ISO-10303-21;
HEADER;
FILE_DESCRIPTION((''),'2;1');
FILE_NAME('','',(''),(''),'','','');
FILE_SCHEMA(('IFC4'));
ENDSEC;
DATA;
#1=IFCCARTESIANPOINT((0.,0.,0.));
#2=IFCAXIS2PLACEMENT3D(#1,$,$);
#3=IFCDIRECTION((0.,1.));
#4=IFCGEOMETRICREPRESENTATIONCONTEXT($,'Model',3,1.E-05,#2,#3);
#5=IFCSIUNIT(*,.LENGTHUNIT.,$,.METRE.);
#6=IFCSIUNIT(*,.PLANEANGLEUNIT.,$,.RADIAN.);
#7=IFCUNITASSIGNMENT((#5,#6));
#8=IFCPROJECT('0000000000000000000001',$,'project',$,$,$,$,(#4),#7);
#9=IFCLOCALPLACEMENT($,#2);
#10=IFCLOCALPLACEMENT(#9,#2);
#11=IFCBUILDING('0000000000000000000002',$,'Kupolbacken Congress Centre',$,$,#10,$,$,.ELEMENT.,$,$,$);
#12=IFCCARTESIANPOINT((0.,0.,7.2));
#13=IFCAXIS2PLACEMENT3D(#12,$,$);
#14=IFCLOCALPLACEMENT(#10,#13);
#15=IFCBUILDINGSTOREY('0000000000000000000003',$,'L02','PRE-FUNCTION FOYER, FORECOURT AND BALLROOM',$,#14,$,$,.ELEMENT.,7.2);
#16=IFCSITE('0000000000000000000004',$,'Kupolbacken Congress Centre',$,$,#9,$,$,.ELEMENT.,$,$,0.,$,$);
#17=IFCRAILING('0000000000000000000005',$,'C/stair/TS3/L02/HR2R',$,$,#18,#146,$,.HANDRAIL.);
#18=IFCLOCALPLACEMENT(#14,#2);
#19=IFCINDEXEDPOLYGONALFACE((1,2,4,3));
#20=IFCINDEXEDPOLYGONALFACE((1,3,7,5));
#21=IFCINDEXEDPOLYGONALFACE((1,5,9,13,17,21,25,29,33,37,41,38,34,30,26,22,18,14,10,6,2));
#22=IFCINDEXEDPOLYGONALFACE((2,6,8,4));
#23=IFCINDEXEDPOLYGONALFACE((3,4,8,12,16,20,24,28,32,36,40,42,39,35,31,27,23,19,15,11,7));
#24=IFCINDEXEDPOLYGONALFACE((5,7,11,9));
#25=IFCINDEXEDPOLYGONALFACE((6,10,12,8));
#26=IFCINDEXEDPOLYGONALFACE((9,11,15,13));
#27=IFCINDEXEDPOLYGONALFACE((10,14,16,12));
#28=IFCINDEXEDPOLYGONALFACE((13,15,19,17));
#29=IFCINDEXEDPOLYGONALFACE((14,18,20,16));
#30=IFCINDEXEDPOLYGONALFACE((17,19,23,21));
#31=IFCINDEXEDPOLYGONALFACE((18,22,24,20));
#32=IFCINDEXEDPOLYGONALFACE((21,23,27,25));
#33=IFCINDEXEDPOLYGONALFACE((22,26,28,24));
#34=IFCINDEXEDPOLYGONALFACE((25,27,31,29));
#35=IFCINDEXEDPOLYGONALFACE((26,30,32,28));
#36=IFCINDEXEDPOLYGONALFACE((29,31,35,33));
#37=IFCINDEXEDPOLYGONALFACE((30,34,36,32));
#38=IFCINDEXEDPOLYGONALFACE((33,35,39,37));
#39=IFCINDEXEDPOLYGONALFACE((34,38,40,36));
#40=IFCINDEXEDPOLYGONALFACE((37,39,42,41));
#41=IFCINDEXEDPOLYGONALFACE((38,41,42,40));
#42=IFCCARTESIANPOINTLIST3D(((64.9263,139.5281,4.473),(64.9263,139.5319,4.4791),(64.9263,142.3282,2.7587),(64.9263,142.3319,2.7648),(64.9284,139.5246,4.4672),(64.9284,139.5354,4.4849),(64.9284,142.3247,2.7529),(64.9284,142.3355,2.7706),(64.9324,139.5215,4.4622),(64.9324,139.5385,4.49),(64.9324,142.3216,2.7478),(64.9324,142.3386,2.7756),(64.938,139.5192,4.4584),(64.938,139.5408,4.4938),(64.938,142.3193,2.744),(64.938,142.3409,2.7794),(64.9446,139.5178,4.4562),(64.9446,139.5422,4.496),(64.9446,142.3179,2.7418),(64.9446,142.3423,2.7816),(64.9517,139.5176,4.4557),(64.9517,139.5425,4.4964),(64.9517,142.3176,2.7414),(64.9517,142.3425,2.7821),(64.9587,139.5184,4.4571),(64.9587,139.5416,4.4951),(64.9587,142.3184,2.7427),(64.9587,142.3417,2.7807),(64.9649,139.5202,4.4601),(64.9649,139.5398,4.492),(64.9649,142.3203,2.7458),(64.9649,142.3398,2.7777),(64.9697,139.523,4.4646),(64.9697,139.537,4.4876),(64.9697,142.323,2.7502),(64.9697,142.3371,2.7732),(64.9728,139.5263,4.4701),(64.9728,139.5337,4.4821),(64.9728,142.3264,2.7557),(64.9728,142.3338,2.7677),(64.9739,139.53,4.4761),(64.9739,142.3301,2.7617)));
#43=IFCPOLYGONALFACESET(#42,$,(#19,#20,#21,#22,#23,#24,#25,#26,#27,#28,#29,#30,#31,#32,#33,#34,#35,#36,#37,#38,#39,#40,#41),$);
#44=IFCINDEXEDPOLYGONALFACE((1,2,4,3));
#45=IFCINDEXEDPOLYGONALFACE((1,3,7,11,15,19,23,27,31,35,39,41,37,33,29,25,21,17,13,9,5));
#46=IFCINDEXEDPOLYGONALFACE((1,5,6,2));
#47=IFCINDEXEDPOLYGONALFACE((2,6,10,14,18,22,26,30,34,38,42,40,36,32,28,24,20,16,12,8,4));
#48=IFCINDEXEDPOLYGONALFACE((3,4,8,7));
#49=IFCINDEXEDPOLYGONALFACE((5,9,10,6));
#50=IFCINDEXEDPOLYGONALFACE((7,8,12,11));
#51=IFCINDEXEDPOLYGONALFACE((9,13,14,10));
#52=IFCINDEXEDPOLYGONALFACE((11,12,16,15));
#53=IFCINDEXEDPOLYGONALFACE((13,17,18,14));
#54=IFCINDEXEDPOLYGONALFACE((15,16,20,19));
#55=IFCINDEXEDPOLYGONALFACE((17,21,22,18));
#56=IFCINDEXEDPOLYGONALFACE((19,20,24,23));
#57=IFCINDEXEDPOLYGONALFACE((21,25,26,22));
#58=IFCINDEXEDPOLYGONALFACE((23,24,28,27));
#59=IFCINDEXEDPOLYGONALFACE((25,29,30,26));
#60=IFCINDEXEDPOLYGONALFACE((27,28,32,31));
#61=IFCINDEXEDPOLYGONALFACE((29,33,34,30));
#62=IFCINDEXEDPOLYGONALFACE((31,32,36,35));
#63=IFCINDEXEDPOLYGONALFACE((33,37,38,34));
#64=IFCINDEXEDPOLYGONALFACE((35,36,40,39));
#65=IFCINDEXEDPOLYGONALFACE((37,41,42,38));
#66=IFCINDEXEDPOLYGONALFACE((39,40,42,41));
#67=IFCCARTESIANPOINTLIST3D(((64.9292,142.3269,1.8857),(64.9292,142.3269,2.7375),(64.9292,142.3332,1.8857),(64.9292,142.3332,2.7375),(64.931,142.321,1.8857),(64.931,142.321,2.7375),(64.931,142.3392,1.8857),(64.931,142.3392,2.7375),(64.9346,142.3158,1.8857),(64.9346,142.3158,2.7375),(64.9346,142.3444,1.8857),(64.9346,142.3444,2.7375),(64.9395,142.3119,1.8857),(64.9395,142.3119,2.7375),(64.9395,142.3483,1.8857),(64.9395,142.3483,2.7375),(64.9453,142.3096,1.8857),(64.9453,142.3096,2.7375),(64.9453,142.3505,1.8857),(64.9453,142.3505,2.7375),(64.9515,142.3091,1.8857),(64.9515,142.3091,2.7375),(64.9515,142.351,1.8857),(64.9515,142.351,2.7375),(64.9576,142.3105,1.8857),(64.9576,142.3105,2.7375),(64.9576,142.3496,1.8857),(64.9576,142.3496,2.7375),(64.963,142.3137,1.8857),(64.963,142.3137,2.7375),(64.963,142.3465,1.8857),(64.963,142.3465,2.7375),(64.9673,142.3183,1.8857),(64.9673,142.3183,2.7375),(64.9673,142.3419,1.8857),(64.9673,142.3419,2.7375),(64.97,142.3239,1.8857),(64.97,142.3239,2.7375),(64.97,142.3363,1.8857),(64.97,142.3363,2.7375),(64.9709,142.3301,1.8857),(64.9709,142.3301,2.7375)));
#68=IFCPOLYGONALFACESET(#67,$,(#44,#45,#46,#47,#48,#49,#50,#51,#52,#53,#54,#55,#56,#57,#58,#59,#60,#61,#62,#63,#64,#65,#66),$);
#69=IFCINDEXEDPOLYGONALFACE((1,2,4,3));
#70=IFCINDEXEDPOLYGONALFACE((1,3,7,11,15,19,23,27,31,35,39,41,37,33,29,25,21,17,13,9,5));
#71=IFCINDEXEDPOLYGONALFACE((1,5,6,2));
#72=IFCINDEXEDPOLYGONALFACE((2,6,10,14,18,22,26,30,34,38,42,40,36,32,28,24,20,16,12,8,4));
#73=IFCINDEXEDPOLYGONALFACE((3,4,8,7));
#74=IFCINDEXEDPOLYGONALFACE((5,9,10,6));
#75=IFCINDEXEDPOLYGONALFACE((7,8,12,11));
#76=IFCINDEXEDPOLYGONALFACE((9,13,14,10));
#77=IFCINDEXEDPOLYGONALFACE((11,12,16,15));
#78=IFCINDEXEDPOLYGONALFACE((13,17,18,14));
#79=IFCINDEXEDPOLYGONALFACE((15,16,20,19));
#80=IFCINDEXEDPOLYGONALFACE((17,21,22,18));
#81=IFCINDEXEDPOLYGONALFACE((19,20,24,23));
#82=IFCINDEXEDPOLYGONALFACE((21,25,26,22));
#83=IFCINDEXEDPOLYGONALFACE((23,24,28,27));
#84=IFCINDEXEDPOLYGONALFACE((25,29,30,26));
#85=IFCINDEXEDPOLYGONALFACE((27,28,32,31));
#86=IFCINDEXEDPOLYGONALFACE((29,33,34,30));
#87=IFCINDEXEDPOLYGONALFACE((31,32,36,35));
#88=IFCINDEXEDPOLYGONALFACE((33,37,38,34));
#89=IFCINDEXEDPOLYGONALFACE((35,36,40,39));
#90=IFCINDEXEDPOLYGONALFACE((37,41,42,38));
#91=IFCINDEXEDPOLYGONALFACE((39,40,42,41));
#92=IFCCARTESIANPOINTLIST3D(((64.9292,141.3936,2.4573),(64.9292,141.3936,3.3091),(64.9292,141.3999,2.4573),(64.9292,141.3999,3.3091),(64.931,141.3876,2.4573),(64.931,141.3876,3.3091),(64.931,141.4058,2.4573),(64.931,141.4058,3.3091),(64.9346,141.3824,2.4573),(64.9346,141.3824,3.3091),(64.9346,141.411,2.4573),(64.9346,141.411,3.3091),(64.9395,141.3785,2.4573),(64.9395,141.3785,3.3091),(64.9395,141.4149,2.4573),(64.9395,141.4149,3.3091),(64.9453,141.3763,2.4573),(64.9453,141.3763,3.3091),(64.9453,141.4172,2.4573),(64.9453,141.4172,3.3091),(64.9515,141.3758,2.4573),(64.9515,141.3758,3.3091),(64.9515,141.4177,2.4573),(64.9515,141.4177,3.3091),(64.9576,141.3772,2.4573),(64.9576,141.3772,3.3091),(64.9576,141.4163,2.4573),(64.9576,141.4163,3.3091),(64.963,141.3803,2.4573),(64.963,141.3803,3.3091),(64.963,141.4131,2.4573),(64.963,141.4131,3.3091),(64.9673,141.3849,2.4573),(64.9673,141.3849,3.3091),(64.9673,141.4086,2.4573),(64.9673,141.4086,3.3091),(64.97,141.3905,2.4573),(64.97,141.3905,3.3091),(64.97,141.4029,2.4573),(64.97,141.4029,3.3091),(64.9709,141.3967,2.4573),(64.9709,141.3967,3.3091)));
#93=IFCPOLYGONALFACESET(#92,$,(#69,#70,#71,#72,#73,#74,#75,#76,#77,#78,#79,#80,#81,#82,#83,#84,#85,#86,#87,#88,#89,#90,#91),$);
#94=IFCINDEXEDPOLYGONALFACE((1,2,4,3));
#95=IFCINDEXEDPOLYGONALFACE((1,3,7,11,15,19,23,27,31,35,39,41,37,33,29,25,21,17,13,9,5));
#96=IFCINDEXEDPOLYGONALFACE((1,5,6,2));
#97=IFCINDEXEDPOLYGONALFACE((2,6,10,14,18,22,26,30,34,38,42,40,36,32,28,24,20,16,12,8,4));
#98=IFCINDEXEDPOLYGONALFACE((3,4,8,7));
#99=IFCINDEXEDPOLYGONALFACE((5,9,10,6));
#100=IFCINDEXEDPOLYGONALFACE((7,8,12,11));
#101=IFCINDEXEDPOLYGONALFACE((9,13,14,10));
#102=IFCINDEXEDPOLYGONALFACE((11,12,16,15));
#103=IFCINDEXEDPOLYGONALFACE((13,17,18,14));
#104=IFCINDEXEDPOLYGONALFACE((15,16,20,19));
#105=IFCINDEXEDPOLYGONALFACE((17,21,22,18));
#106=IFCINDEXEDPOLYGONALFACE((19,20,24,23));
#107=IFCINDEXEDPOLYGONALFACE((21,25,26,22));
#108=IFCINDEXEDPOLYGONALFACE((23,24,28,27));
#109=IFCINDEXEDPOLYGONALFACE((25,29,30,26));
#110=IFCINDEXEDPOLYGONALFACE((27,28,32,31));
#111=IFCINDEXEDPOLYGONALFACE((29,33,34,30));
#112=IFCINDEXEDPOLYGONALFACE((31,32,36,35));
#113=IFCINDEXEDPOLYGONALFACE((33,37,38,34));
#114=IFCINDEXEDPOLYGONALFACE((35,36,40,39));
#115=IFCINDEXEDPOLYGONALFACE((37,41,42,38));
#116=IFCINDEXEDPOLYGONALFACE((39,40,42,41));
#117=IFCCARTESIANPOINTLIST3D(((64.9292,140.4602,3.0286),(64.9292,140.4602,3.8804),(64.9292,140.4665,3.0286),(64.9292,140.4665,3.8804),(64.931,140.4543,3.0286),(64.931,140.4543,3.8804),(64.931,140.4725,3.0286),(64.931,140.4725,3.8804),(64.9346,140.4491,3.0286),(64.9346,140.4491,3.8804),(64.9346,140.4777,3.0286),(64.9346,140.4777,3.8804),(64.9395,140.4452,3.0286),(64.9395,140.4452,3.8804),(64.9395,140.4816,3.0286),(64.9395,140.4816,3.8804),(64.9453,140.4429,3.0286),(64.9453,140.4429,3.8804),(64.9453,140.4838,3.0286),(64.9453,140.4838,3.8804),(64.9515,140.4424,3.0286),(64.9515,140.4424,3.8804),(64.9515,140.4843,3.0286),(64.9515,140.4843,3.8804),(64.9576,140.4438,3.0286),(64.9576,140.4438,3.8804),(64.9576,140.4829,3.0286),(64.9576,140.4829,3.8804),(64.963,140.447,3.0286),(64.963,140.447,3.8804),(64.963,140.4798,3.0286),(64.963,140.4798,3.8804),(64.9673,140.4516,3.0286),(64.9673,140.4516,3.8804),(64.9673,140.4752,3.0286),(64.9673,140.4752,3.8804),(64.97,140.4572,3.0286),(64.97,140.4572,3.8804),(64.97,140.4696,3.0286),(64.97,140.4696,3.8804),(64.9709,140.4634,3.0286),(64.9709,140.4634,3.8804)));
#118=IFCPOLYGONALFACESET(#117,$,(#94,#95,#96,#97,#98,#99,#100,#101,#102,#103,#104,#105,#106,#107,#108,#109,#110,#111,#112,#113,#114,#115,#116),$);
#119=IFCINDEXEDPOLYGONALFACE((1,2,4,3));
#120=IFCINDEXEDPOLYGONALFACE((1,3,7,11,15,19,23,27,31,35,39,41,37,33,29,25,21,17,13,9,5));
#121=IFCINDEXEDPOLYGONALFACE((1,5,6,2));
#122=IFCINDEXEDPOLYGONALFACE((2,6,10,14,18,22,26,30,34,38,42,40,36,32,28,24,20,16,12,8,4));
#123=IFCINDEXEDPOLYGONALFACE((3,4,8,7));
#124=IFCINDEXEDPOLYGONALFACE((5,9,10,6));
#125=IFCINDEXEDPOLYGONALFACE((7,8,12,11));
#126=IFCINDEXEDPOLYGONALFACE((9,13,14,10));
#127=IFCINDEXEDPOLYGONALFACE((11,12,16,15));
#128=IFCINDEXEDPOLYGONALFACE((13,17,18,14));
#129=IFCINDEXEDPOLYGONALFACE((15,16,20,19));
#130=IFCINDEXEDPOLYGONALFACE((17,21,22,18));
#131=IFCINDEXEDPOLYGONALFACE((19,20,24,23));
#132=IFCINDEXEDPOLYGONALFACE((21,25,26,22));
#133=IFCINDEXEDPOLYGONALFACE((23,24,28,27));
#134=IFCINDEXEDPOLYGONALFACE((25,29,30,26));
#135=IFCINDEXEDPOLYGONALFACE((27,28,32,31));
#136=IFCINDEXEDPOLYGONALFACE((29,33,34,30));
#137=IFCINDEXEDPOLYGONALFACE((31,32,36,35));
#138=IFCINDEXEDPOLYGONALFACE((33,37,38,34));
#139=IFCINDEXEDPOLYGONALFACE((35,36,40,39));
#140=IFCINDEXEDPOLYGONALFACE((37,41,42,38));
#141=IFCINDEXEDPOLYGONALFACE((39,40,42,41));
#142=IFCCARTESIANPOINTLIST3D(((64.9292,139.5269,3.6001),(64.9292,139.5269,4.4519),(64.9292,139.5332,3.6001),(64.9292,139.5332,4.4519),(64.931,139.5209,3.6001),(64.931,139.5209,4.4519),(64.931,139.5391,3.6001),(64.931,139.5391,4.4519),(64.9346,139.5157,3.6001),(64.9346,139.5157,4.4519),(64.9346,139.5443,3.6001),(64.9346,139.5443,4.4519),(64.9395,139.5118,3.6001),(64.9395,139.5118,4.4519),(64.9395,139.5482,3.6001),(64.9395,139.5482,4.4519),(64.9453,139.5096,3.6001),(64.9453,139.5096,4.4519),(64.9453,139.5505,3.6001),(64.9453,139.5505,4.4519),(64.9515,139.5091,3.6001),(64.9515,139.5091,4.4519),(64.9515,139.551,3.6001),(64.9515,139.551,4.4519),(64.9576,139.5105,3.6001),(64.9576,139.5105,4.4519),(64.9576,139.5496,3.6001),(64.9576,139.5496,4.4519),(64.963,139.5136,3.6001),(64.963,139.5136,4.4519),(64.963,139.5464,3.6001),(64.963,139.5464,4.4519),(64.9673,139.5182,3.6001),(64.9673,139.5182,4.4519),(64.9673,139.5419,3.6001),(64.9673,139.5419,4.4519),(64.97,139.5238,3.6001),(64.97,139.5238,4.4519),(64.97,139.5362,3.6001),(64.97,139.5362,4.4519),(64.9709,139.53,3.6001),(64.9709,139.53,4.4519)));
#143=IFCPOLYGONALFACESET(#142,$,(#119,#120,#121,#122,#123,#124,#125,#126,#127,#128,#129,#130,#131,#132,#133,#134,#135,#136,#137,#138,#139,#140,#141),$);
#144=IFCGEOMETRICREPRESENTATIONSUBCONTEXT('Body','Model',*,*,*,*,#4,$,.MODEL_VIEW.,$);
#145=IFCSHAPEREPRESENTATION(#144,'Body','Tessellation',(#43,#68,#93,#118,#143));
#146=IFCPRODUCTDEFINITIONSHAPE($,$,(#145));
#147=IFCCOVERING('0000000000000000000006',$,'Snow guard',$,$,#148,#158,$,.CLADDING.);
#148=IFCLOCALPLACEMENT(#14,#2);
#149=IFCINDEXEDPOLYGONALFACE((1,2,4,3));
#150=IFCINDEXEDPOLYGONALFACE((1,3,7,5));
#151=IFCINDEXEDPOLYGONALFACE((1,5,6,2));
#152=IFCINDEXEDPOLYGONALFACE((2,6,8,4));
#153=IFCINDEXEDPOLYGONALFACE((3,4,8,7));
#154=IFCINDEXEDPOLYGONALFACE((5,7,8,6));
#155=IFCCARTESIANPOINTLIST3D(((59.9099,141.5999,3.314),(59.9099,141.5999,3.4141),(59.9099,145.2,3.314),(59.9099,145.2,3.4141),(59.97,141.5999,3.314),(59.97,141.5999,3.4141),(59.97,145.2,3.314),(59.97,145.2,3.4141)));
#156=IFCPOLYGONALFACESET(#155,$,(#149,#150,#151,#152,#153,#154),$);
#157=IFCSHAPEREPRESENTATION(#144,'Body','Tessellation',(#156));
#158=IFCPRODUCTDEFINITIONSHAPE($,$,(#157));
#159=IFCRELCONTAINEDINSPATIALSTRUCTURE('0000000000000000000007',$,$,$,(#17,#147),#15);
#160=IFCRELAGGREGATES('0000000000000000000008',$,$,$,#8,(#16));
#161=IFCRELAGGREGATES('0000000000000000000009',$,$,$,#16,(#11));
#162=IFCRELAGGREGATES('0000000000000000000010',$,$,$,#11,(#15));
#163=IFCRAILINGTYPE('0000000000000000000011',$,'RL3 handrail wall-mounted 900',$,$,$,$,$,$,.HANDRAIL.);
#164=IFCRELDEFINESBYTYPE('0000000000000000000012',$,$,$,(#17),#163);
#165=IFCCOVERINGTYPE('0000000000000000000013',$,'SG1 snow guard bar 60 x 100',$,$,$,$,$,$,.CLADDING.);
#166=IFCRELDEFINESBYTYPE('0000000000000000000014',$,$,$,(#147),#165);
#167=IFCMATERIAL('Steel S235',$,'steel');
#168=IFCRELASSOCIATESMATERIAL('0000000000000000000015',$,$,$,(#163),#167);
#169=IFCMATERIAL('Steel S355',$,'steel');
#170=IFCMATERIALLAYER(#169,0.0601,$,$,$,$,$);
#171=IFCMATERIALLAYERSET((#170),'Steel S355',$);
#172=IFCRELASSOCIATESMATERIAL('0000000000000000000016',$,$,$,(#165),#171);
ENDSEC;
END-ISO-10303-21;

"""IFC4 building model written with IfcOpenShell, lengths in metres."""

from ifc_helpers import new_model, si_unit, direction, frame, origin, origin_2d, place, context, subcontext, project, spatial, rectangle, circle, extrude, material, layer, layer_set, type_object, element, save


model = new_model("IFC4")

# Units and contexts
model_context = context("Model", 3, precision=1e-05, world=origin(), true_north=direction((0.0, 1.0)))
body_context = subcontext(model_context, "Body", "Model", "MODEL_VIEW")
ifc_project = project(units=[si_unit("LENGTHUNIT", "METRE"), si_unit("PLANEANGLEUNIT", "RADIAN")], contexts=[model_context])

# Site, building, storey
site_placement = place(None, origin())
site = spatial("IfcSite", under=ifc_project, at=site_placement, Name="Kupolbacken Congress Centre", CompositionType="ELEMENT", RefElevation=0.0)
building_placement = place(site_placement, origin())
building = spatial("IfcBuilding", under=site, at=building_placement, Name="Kupolbacken Congress Centre", CompositionType="ELEMENT")
storey_placement = place(building_placement, frame((0.0, 0.0, 7.2)))
storey = spatial("IfcBuildingStorey", under=building, at=storey_placement, Name="L02", Description="PRE-FUNCTION FOYER, FORECOURT AND BALLROOM", CompositionType="ELEMENT", Elevation=7.2)

# Railing
ifc_material_1 = material(Name="Steel S235", Category="steel")
railing_type = type_object("IfcRailingType", Name="RL3 handrail wall-mounted 900", PredefinedType="HANDRAIL", material=ifc_material_1)
for number, where, name in (
    (1, (64.95, 142.3301, 1.8857), "C/stair/TS3/L02/HR2R"),
):
    element("IfcRailing", number, at=place(storey_placement, frame(where)), inside=storey, type_object=railing_type, Name=name, PredefinedType="HANDRAIL", context=body_context, shape_type="SweptSolid", body=[
        extrude(circle(Radius=0.0239, at=origin_2d()), frame((0.0, 0.0, 0.876), z_axis=(0.0, -0.852846, 0.522163), x_axis=(1.0, 0.0, 0.0)), (0.0, 0.0, 1.0), 3.2832),
        extrude(circle(Radius=0.021, at=origin_2d()), origin(), (0.0, 0.0, 1.0), 0.8518),
        extrude(circle(Radius=0.021, at=origin_2d()), frame((0.0, -0.9333, 0.5715)), (0.0, 0.0, 1.0), 0.8518),
        extrude(circle(Radius=0.021, at=origin_2d()), frame((0.0, -1.8667, 1.1428)), (0.0, 0.0, 1.0), 0.8518),
        extrude(circle(Radius=0.021, at=origin_2d()), frame((0.0, -2.8, 1.7144)), (0.0, 0.0, 1.0), 0.8518),
    ])

# Covering
ifc_material_2 = material(Name="Steel S355", Category="steel")
ifc_layer_1 = layer(ifc_material_2, 0.0601)
ifc_layer_set_1 = layer_set([ifc_layer_1], Name="Steel S355")
covering_type_1 = type_object("IfcCoveringType", Name="SG1 snow guard bar 60 x 100", PredefinedType="CLADDING", material=ifc_layer_set_1)
covering_1_placement = place(storey_placement, frame((59.9399, 143.3999, 3.314), z_axis=(0.0, 0.0, 1.0), x_axis=(0.0, 1.0, 0.0)))
element("IfcCovering", 2, at=covering_1_placement, inside=storey, type_object=covering_type_1, Name="Snow guard", PredefinedType="CLADDING", context=body_context, shape_type="SweptSolid", body=[
    extrude(rectangle(XDim=3.6001, YDim=0.0601, at=origin_2d()), origin(), (0.0, 0.0, 1.0), 0.1001),
])

save(model, "model.ifc")
